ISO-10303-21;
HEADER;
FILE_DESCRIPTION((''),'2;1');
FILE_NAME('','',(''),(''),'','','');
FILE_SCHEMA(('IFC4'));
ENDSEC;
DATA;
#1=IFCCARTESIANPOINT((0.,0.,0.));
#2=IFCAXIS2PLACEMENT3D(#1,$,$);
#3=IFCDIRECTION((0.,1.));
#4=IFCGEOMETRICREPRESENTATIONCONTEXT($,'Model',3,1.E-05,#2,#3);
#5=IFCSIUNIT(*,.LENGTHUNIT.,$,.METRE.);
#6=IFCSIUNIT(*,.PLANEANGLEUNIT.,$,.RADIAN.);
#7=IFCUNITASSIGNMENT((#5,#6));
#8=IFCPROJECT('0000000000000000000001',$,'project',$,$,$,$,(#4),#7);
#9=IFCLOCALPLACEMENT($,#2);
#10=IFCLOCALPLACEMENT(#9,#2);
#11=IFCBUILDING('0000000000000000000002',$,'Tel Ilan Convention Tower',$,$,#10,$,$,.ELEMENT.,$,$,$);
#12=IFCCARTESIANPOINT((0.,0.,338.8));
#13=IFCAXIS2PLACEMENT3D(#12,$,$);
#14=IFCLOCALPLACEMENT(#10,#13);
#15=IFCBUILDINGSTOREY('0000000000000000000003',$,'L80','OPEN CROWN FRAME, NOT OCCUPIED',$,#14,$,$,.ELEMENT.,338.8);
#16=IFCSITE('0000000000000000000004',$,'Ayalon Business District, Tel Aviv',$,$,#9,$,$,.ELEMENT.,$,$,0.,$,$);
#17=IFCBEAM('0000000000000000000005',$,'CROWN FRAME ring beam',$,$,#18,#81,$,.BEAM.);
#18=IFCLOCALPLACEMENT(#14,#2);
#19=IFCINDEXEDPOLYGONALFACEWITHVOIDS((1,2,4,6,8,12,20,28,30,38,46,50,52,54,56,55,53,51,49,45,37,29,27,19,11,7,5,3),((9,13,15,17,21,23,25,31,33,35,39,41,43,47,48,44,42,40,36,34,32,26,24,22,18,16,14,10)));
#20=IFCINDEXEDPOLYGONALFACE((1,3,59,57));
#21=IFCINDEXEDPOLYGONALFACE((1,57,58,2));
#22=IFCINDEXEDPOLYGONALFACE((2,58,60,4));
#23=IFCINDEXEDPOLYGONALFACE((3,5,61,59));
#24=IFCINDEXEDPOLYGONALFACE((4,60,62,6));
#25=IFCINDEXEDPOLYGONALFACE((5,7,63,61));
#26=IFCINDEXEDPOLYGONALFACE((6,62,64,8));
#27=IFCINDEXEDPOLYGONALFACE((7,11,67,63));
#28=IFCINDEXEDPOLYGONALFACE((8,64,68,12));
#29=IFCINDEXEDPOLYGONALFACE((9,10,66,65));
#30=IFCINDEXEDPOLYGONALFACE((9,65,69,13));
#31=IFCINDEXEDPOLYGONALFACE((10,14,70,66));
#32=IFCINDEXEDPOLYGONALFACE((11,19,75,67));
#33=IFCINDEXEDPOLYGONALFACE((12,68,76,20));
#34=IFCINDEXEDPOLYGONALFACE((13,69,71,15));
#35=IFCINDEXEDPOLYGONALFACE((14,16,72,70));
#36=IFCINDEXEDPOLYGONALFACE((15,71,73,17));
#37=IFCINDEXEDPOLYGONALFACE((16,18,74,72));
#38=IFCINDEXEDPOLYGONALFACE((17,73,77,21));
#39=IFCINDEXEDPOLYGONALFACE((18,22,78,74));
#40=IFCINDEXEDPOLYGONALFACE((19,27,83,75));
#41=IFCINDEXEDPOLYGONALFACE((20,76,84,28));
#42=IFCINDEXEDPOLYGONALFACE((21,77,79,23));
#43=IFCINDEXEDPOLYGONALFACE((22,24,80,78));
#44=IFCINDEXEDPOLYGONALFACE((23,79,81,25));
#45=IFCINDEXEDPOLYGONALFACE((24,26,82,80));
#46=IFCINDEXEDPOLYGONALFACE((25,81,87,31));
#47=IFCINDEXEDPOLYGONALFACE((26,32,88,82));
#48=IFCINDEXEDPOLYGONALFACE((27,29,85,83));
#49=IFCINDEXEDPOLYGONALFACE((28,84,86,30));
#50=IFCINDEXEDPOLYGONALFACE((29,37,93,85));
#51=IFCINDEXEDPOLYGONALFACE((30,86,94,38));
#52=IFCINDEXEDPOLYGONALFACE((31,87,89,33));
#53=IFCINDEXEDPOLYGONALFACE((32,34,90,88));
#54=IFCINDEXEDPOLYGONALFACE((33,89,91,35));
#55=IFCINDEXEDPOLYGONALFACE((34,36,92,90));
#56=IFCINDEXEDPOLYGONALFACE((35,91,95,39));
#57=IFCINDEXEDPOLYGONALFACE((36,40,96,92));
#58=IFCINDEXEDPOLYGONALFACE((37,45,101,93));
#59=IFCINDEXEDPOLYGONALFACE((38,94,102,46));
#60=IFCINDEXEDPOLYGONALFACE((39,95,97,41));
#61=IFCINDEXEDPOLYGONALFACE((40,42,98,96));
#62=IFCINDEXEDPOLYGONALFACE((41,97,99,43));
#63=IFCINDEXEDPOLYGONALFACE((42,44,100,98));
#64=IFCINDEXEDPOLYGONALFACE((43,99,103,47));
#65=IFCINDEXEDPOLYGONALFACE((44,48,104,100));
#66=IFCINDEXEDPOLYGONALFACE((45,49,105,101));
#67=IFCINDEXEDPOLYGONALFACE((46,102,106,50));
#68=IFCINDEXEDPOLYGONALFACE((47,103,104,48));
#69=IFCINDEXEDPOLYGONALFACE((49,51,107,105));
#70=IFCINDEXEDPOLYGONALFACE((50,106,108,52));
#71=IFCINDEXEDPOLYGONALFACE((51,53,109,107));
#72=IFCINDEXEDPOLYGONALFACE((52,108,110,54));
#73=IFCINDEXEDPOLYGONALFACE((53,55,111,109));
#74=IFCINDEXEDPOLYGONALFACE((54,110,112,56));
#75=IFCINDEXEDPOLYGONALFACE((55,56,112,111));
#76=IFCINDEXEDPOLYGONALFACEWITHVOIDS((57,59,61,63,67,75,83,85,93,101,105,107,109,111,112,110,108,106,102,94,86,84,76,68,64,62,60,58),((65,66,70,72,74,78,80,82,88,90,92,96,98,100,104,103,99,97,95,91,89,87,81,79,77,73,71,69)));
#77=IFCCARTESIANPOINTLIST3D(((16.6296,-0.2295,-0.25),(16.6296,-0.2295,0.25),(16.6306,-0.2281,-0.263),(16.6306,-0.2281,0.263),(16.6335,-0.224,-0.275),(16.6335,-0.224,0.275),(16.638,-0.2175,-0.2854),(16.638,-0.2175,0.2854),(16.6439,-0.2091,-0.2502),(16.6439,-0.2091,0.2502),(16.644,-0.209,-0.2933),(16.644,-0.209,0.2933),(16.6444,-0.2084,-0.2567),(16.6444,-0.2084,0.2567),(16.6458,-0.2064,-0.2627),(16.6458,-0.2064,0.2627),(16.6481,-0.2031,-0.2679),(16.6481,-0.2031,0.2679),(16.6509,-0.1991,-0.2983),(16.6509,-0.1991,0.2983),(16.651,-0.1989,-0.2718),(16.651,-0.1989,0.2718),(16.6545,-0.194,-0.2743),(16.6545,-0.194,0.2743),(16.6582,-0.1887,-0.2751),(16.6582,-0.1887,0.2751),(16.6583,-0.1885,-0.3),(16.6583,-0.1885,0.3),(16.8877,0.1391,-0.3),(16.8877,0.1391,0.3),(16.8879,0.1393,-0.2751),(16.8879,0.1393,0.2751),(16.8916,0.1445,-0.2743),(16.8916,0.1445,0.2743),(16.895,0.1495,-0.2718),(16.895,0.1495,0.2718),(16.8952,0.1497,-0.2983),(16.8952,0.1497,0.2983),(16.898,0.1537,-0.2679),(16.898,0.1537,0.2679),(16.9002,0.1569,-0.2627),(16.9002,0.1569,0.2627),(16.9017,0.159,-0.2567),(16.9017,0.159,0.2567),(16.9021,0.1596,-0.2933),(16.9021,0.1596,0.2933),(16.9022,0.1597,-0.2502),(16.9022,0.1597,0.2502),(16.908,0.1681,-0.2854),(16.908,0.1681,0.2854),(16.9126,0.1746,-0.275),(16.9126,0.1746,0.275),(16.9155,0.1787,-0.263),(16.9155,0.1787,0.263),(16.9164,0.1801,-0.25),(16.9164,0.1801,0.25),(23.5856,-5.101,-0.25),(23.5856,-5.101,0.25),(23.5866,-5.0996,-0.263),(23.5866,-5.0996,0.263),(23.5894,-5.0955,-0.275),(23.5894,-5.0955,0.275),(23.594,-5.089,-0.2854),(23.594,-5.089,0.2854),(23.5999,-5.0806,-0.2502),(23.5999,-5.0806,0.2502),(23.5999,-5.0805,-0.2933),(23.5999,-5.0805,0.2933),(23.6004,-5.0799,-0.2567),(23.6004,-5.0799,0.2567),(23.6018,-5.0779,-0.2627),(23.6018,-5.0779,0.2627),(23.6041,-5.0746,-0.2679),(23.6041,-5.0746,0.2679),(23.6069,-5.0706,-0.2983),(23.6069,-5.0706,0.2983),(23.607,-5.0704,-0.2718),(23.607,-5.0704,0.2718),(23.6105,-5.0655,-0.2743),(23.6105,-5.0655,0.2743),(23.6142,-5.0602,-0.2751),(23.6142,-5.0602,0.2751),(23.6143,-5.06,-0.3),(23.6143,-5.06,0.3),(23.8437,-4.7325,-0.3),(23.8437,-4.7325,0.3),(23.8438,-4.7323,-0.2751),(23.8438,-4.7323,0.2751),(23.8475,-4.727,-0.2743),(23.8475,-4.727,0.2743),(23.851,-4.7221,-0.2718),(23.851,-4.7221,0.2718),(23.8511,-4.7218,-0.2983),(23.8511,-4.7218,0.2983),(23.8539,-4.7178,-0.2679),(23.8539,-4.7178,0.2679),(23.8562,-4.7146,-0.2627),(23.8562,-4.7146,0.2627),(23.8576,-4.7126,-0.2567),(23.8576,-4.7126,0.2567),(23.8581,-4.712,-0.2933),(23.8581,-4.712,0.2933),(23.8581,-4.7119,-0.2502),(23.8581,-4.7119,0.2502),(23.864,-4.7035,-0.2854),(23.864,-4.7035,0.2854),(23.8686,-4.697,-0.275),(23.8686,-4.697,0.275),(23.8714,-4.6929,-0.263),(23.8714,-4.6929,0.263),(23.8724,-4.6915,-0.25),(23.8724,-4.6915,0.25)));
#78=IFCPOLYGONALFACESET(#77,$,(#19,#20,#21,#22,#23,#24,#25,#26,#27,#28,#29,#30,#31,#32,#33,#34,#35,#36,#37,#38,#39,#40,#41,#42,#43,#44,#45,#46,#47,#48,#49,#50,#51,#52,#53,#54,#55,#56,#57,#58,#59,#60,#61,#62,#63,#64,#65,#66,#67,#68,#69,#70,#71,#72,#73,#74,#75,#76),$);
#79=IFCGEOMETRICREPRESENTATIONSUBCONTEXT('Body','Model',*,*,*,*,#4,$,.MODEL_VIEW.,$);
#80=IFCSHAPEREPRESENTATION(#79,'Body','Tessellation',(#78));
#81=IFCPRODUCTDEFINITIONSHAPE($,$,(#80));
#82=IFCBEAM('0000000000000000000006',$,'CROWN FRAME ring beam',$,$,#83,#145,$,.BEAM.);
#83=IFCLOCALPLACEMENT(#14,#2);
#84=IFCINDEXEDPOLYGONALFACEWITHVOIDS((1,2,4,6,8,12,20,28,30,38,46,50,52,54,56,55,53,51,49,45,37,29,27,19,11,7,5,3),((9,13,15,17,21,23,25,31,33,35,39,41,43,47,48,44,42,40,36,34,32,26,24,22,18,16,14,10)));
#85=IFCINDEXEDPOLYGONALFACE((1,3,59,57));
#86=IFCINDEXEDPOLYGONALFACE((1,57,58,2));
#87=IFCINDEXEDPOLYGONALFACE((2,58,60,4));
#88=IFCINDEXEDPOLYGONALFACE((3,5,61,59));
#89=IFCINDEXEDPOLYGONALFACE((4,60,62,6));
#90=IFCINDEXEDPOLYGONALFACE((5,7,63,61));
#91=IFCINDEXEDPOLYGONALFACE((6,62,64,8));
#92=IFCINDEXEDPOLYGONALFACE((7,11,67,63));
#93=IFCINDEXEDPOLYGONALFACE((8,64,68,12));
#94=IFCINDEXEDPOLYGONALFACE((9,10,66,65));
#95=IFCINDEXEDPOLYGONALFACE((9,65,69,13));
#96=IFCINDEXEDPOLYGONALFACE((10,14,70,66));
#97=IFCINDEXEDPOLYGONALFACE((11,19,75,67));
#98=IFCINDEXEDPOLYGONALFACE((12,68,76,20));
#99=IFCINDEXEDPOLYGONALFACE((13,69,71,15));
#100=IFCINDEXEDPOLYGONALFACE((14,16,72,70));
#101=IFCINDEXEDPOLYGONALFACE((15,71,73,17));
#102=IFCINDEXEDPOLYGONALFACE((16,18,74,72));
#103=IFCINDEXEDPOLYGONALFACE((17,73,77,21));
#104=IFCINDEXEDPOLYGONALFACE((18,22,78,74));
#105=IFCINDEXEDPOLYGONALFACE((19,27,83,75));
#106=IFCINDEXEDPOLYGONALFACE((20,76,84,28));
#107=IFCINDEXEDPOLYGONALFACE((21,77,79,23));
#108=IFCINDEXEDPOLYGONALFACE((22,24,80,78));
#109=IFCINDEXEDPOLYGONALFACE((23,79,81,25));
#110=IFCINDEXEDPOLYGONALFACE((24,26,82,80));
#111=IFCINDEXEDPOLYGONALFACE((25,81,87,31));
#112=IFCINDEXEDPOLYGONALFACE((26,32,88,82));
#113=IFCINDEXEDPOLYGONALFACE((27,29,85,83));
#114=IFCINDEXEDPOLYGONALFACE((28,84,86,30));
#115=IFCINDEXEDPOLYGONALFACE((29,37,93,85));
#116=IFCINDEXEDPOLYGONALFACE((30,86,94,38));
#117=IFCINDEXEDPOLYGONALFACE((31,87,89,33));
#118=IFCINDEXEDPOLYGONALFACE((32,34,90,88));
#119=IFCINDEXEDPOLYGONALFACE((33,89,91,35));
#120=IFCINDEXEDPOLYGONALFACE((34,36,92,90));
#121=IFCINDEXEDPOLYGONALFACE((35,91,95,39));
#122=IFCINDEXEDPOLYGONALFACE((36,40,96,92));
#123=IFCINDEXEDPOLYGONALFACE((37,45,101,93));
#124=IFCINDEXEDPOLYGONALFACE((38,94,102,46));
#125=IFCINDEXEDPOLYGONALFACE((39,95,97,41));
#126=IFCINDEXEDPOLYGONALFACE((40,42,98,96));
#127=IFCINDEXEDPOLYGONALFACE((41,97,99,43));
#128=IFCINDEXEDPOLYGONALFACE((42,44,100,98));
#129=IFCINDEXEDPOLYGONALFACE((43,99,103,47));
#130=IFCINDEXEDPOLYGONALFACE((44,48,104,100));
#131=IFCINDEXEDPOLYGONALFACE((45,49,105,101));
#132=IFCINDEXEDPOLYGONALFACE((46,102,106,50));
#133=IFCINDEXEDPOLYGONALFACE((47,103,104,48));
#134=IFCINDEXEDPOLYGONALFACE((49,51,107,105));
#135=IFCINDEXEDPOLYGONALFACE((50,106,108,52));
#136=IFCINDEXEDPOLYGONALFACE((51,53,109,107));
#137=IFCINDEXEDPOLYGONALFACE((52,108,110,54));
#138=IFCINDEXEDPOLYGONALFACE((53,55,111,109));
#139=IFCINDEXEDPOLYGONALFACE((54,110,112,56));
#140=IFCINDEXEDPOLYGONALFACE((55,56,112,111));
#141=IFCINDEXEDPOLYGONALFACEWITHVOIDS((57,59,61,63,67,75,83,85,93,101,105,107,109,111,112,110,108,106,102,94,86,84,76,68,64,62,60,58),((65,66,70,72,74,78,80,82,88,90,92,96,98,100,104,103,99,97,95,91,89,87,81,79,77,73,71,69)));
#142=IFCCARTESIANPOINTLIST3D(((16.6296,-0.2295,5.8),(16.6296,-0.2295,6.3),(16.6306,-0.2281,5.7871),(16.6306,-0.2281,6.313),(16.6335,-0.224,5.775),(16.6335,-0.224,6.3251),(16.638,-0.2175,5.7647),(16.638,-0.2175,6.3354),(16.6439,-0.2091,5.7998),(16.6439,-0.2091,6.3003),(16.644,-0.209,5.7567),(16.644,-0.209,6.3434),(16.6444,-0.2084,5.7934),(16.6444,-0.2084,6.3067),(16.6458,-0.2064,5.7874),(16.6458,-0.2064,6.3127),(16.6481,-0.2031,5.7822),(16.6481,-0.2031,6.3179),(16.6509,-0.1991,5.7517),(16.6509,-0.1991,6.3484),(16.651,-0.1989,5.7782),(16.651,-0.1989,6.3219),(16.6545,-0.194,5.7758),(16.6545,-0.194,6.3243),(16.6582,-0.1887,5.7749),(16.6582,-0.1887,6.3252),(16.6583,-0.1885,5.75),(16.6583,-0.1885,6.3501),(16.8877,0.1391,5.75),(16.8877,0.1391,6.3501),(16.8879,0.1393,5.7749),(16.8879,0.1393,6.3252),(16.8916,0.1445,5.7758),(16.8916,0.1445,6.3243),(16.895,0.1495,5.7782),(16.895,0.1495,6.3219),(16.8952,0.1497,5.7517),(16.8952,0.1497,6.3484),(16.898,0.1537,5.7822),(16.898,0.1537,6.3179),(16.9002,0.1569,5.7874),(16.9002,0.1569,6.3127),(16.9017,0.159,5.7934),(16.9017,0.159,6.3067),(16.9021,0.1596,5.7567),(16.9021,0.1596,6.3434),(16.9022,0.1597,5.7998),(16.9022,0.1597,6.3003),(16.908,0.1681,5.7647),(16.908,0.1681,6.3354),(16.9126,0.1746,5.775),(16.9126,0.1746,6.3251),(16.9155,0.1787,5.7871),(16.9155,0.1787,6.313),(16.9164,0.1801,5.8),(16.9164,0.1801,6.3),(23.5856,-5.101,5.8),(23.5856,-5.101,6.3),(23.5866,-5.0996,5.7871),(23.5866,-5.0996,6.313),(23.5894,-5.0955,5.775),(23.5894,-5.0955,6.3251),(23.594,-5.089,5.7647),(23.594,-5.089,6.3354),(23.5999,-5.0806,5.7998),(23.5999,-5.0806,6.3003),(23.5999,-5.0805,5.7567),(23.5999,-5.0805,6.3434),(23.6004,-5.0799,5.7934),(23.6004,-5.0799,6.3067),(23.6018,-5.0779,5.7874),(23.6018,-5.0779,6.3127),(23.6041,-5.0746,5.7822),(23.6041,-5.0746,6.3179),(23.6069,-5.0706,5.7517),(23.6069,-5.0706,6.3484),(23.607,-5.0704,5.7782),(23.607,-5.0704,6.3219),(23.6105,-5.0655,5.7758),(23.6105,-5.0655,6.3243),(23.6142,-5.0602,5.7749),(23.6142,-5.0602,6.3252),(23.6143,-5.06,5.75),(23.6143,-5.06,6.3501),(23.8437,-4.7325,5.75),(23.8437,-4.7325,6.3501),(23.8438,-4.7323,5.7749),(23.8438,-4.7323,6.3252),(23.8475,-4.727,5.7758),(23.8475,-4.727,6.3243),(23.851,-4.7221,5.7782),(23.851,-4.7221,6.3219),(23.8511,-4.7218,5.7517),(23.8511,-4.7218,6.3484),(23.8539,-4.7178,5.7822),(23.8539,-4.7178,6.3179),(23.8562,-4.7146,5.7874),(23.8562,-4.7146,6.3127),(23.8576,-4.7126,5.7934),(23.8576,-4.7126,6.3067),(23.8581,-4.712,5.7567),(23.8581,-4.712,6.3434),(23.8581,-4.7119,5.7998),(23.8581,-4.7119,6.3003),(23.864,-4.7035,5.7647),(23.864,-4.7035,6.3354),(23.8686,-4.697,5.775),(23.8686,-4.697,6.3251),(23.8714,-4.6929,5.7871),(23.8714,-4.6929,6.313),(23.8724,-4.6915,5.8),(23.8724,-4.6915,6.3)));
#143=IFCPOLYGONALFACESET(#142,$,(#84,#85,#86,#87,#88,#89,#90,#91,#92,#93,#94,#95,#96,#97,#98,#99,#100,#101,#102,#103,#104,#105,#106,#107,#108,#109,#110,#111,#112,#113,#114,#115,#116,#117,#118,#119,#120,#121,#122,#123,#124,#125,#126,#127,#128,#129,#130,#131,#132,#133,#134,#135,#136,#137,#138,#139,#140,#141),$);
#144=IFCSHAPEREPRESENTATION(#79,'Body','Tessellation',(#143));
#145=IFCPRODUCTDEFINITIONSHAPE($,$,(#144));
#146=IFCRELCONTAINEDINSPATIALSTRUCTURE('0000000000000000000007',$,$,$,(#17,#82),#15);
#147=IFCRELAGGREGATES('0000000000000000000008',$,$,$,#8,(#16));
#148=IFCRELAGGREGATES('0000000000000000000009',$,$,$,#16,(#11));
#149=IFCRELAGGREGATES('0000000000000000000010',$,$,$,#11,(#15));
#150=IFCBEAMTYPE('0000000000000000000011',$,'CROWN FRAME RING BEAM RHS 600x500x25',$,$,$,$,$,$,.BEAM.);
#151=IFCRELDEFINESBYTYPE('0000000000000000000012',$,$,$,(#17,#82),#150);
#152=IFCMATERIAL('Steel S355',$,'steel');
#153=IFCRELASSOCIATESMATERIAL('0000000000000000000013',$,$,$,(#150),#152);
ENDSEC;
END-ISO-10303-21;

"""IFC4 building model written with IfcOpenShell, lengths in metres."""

from ifc_helpers import new_model, si_unit, direction, frame, origin, origin_2d, place, context, subcontext, project, spatial, hollow_rectangle, extrude, material, material_profile, profile_set, type_object, element, save


model = new_model("IFC4")

# Units and contexts
model_context = context("Model", 3, precision=1e-05, world=origin(), true_north=direction((0.0, 1.0)))
body_context = subcontext(model_context, "Body", "Model", "MODEL_VIEW")
ifc_project = project(units=[si_unit("LENGTHUNIT", "METRE"), si_unit("PLANEANGLEUNIT", "RADIAN")], contexts=[model_context])

# Site, building, storey
site_placement = place(None, origin())
site = spatial("IfcSite", under=ifc_project, at=site_placement, Name="Ayalon Business District, Tel Aviv", CompositionType="ELEMENT", RefElevation=0.0)
building_placement = place(site_placement, origin())
building = spatial("IfcBuilding", under=site, at=building_placement, Name="Tel Ilan Convention Tower", CompositionType="ELEMENT")
storey_placement = place(building_placement, frame((0.0, 0.0, 338.8)))
storey = spatial("IfcBuildingStorey", under=building, at=storey_placement, Name="L80", Description="OPEN CROWN FRAME, NOT OCCUPIED", CompositionType="ELEMENT", Elevation=338.8)

# Beams
ifc_material_1 = material(Name="Steel S355", Category="steel")
ifc_material_profile_1 = material_profile(ifc_material_1, hollow_rectangle(XDim=0.5, YDim=0.6001, WallThickness=0.0249, InnerFilletRadius=0.0249, OuterFilletRadius=0.05, at=origin_2d()), Name="RHS 600x500x25")
ifc_profile_set_1 = profile_set([ifc_material_profile_1], Name="Steel S355")
beam_type = type_object("IfcBeamType", Name="CROWN FRAME RING BEAM RHS 600x500x25", PredefinedType="BEAM", material=ifc_profile_set_1)
for number, where, z_axis, x_axis, name in (
    (1, (23.729, -4.8962, 0.0), (-0.819102, 0.573648, 0.0), (-0.573648, -0.819102, 0.0), "CROWN FRAME ring beam"),
    (2, (23.729, -4.8962, 6.05), (-0.819102, 0.573648, 0.0), (-0.573648, -0.819102, 0.0), "CROWN FRAME ring beam"),
):
    element("IfcBeam", number, at=place(storey_placement, frame(where, z_axis=z_axis, x_axis=x_axis)), inside=storey, type_object=beam_type, Name=name, PredefinedType="BEAM", context=body_context, shape_type="SweptSolid", body=[
        extrude(hollow_rectangle(XDim=0.5, YDim=0.6001, WallThickness=0.0249, InnerFilletRadius=0.0249, OuterFilletRadius=0.05, at=origin_2d()), origin(), (0.0, 0.0, 1.0), 8.4922),
    ])

save(model, "model.ifc")
